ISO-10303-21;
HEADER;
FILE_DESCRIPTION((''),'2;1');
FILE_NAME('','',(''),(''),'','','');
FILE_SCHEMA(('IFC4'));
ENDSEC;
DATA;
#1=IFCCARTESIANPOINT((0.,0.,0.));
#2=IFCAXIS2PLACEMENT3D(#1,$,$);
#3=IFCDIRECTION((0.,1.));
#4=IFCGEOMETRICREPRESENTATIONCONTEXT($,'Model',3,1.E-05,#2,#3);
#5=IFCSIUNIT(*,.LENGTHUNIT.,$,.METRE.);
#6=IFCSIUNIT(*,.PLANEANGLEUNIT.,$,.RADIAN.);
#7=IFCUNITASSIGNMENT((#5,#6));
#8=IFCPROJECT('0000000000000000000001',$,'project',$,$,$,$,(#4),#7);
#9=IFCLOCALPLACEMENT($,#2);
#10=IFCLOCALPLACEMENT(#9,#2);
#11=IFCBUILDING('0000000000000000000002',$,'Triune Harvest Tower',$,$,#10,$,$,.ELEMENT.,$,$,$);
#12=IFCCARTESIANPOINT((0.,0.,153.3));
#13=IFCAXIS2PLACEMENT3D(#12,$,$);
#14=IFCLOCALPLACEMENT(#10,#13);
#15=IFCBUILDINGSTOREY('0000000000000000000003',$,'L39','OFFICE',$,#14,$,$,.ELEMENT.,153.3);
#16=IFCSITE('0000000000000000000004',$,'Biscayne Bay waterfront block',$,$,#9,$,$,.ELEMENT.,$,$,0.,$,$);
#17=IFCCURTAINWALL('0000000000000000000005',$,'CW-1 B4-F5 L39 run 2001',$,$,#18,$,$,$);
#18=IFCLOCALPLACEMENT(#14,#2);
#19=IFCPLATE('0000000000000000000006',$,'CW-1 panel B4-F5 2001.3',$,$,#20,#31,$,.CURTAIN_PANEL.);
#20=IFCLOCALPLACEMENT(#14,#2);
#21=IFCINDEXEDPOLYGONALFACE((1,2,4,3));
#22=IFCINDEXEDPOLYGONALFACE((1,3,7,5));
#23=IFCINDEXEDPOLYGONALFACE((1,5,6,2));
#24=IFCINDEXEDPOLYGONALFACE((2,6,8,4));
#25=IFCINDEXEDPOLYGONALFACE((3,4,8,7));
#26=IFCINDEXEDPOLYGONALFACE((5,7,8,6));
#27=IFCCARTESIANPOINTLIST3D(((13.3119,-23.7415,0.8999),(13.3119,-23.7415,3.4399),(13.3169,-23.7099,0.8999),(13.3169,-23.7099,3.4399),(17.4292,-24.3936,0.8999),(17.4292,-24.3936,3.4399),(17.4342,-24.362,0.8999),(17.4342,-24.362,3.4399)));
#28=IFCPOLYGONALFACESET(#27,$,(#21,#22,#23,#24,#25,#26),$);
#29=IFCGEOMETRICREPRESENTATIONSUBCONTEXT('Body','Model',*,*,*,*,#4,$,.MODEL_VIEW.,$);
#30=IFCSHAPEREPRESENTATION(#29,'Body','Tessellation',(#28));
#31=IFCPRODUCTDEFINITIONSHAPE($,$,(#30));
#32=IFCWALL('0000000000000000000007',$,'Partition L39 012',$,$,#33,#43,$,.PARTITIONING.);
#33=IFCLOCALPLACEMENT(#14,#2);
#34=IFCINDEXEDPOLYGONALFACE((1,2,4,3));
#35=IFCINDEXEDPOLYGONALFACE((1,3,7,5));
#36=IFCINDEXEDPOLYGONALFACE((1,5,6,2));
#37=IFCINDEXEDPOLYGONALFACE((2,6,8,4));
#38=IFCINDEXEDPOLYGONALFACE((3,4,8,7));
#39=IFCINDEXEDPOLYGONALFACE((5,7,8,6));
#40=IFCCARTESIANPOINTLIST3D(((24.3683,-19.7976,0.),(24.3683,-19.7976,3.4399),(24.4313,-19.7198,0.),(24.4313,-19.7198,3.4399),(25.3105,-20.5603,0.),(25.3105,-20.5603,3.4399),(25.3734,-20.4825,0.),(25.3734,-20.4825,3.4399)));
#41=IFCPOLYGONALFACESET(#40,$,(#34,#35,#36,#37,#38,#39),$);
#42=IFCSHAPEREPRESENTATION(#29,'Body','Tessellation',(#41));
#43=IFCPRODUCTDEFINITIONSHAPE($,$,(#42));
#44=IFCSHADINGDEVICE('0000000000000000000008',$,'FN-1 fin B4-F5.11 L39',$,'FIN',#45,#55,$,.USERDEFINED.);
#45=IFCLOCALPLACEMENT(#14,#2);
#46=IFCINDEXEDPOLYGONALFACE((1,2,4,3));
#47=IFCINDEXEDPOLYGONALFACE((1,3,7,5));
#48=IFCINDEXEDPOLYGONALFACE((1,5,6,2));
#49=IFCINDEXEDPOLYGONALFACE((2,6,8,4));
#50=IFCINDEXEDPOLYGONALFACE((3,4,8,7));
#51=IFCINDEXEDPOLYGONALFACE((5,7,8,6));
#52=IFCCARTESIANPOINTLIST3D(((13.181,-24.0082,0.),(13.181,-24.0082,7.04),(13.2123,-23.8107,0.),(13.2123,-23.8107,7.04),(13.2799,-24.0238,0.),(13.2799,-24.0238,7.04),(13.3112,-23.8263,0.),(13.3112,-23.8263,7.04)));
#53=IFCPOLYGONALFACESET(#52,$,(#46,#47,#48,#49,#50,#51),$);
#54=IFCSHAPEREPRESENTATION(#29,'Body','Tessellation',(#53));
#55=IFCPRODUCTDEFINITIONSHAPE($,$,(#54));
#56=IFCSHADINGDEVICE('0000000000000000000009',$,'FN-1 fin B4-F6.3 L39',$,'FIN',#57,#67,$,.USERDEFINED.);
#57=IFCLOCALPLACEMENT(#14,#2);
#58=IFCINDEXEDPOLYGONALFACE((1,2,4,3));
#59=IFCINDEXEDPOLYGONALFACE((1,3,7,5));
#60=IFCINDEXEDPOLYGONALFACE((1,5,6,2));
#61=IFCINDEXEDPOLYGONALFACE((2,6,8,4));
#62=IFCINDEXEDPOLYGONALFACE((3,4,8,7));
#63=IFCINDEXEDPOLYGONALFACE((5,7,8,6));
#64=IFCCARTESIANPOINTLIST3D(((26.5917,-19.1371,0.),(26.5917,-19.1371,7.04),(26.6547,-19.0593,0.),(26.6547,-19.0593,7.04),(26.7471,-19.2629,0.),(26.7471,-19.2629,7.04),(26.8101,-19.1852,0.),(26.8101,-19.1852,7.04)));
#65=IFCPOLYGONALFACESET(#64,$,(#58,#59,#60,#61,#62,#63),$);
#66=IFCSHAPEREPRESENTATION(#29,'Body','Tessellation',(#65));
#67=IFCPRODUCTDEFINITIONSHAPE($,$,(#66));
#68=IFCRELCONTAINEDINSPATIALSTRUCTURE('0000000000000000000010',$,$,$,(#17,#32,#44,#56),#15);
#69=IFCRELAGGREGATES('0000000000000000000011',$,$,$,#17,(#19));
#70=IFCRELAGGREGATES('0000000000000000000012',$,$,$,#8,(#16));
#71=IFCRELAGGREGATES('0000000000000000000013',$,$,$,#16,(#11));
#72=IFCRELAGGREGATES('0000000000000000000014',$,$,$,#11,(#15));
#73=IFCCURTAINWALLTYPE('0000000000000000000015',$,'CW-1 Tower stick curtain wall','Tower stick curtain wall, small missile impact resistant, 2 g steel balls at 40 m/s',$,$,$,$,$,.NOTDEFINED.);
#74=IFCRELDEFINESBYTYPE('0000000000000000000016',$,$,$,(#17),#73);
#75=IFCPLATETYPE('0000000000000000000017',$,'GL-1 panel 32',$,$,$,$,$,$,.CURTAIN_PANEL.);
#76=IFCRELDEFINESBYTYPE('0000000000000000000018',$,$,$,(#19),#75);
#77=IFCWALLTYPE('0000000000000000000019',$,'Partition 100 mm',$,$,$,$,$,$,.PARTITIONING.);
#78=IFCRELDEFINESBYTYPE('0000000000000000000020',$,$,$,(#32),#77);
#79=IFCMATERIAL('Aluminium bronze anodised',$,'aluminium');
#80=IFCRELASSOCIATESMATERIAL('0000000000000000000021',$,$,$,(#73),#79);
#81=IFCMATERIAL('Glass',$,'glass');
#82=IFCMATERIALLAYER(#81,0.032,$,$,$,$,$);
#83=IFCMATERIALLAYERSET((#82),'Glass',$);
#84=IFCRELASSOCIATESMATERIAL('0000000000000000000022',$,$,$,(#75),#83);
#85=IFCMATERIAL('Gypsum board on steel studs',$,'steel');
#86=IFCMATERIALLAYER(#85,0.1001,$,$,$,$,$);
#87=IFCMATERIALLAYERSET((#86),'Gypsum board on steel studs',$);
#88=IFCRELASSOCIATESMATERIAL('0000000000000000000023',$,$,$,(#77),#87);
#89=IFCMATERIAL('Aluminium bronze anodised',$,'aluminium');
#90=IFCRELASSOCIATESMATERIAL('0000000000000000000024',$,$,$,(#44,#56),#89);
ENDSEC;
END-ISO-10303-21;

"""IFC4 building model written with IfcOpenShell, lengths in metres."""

from ifc_helpers import new_model, si_unit, direction, frame, frame_2d, origin, origin_2d, place, context, subcontext, project, spatial, rectangle, extrude, source, transform, mapped, material, layer, layer_set, type_object, element, aggregate, save


model = new_model("IFC4")

# Units and contexts
model_context = context("Model", 3, precision=1e-05, world=origin(), true_north=direction((0.0, 1.0)))
body_context = subcontext(model_context, "Body", "Model", "MODEL_VIEW")
ifc_project = project(units=[si_unit("LENGTHUNIT", "METRE"), si_unit("PLANEANGLEUNIT", "RADIAN")], contexts=[model_context])

# Site, building, storey
site_placement = place(None, origin())
site = spatial("IfcSite", under=ifc_project, at=site_placement, Name="Biscayne Bay waterfront block", CompositionType="ELEMENT", RefElevation=0.0)
building_placement = place(site_placement, origin())
building = spatial("IfcBuilding", under=site, at=building_placement, Name="Triune Harvest Tower", CompositionType="ELEMENT")
storey_placement = place(building_placement, frame((0.0, 0.0, 153.3)))
storey = spatial("IfcBuildingStorey", under=building, at=storey_placement, Name="L39", Description="OFFICE", CompositionType="ELEMENT", Elevation=153.3)

# Curtain wall
ifc_material_1 = material(Name="Aluminium bronze anodised", Category="aluminium")
curtain_wall_type = type_object("IfcCurtainWallType", Name="CW-1 Tower stick curtain wall", Description="Tower stick curtain wall, small missile impact resistant, 2 g steel balls at 40 m/s", PredefinedType="NOTDEFINED", material=ifc_material_1)
curtain_wall_1_placement = place(storey_placement, origin())
curtain_wall_1 = element("IfcCurtainWall", 1, at=curtain_wall_1_placement, inside=storey, type_object=curtain_wall_type, Name="CW-1 B4-F5 L39 run 2001")

# Plate
ifc_material_2 = material(Name="Glass", Category="glass")
ifc_layer_1 = layer(ifc_material_2, 0.032)
ifc_layer_set_1 = layer_set([ifc_layer_1], Name="Glass")
plate_type = type_object("IfcPlateType", Name="GL-1 panel 32", PredefinedType="CURTAIN_PANEL", material=ifc_layer_set_1)
shared_shape_1 = source(origin(), body_context, "Body", "SweptSolid", [
    extrude(rectangle(XDim=4.1687, YDim=0.032, at=origin_2d()), origin(), (0.0, 0.0, 1.0), 2.54),
])
plate_1_placement = place(storey_placement, frame((15.373, -24.0518, 0.8999), z_axis=(0.0, 0.0, 1.0), x_axis=(0.987689, -0.156433, 0.0)))
plate_1 = element("IfcPlate", 2, at=plate_1_placement, type_object=plate_type, Name="CW-1 panel B4-F5 2001.3", PredefinedType="CURTAIN_PANEL", context=body_context, shape_type="MappedRepresentation", body=[
    mapped(shared_shape_1, transform((0.0, 0.0, 0.0), scale=1.0)),
])
aggregate(curtain_wall_1, [plate_1])

# Wall
ifc_material_3 = material(Name="Gypsum board on steel studs", Category="steel")
ifc_layer_2 = layer(ifc_material_3, 0.1001)
ifc_layer_set_2 = layer_set([ifc_layer_2], Name="Gypsum board on steel studs")
wall_type = type_object("IfcWallType", Name="Partition 100 mm", PredefinedType="PARTITIONING", material=ifc_layer_set_2)
shared_shape_2 = source(origin(), body_context, "Body", "SweptSolid", [
    extrude(rectangle(XDim=1.2122, YDim=0.1001, at=frame_2d((0.606, 0.0))), origin(), (0.0, 0.0, 1.0), 3.4399),
])
wall_placement = place(storey_placement, frame((24.3999, -19.7588, 0.0), z_axis=(0.0, 0.0, 1.0), x_axis=(0.77724, -0.629204, 0.0)))
element("IfcWall", 3, at=wall_placement, inside=storey, type_object=wall_type, Name="Partition L39 012", PredefinedType="PARTITIONING", context=body_context, shape_type="MappedRepresentation", body=[
    mapped(shared_shape_2, transform((0.0, 0.0, 0.0), scale=1.0)),
])

# Shading devices
ifc_material_4 = material(Name="Aluminium bronze anodised", Category="aluminium")
shared_shape_3 = source(origin(), body_context, "Body", "SweptSolid", [
    extrude(rectangle(XDim=0.1001, YDim=0.2, at=origin_2d()), origin(), (0.0, 0.0, 1.0), 7.04),
])
for number, where, z_axis, x_axis, name in (
    (4, (13.2461, -23.9172, 0.0), (0.0, 0.0, 1.0), (0.987688, -0.156435, 0.0), "FN-1 fin B4-F5.11 L39"),
    (5, (26.7009, -19.1611, 0.0), (0.0, 0.0, 1.0), (0.629321, 0.777146, 0.0), "FN-1 fin B4-F6.3 L39"),
):
    element("IfcShadingDevice", number, at=place(storey_placement, frame(where, z_axis=z_axis, x_axis=x_axis)), inside=storey, material=ifc_material_4, Name=name, ObjectType="FIN", PredefinedType="USERDEFINED", context=body_context, shape_type="MappedRepresentation", body=[
        mapped(shared_shape_3, transform((0.0, 0.0, 0.0), scale=1.0)),
    ])

save(model, "model.ifc")
